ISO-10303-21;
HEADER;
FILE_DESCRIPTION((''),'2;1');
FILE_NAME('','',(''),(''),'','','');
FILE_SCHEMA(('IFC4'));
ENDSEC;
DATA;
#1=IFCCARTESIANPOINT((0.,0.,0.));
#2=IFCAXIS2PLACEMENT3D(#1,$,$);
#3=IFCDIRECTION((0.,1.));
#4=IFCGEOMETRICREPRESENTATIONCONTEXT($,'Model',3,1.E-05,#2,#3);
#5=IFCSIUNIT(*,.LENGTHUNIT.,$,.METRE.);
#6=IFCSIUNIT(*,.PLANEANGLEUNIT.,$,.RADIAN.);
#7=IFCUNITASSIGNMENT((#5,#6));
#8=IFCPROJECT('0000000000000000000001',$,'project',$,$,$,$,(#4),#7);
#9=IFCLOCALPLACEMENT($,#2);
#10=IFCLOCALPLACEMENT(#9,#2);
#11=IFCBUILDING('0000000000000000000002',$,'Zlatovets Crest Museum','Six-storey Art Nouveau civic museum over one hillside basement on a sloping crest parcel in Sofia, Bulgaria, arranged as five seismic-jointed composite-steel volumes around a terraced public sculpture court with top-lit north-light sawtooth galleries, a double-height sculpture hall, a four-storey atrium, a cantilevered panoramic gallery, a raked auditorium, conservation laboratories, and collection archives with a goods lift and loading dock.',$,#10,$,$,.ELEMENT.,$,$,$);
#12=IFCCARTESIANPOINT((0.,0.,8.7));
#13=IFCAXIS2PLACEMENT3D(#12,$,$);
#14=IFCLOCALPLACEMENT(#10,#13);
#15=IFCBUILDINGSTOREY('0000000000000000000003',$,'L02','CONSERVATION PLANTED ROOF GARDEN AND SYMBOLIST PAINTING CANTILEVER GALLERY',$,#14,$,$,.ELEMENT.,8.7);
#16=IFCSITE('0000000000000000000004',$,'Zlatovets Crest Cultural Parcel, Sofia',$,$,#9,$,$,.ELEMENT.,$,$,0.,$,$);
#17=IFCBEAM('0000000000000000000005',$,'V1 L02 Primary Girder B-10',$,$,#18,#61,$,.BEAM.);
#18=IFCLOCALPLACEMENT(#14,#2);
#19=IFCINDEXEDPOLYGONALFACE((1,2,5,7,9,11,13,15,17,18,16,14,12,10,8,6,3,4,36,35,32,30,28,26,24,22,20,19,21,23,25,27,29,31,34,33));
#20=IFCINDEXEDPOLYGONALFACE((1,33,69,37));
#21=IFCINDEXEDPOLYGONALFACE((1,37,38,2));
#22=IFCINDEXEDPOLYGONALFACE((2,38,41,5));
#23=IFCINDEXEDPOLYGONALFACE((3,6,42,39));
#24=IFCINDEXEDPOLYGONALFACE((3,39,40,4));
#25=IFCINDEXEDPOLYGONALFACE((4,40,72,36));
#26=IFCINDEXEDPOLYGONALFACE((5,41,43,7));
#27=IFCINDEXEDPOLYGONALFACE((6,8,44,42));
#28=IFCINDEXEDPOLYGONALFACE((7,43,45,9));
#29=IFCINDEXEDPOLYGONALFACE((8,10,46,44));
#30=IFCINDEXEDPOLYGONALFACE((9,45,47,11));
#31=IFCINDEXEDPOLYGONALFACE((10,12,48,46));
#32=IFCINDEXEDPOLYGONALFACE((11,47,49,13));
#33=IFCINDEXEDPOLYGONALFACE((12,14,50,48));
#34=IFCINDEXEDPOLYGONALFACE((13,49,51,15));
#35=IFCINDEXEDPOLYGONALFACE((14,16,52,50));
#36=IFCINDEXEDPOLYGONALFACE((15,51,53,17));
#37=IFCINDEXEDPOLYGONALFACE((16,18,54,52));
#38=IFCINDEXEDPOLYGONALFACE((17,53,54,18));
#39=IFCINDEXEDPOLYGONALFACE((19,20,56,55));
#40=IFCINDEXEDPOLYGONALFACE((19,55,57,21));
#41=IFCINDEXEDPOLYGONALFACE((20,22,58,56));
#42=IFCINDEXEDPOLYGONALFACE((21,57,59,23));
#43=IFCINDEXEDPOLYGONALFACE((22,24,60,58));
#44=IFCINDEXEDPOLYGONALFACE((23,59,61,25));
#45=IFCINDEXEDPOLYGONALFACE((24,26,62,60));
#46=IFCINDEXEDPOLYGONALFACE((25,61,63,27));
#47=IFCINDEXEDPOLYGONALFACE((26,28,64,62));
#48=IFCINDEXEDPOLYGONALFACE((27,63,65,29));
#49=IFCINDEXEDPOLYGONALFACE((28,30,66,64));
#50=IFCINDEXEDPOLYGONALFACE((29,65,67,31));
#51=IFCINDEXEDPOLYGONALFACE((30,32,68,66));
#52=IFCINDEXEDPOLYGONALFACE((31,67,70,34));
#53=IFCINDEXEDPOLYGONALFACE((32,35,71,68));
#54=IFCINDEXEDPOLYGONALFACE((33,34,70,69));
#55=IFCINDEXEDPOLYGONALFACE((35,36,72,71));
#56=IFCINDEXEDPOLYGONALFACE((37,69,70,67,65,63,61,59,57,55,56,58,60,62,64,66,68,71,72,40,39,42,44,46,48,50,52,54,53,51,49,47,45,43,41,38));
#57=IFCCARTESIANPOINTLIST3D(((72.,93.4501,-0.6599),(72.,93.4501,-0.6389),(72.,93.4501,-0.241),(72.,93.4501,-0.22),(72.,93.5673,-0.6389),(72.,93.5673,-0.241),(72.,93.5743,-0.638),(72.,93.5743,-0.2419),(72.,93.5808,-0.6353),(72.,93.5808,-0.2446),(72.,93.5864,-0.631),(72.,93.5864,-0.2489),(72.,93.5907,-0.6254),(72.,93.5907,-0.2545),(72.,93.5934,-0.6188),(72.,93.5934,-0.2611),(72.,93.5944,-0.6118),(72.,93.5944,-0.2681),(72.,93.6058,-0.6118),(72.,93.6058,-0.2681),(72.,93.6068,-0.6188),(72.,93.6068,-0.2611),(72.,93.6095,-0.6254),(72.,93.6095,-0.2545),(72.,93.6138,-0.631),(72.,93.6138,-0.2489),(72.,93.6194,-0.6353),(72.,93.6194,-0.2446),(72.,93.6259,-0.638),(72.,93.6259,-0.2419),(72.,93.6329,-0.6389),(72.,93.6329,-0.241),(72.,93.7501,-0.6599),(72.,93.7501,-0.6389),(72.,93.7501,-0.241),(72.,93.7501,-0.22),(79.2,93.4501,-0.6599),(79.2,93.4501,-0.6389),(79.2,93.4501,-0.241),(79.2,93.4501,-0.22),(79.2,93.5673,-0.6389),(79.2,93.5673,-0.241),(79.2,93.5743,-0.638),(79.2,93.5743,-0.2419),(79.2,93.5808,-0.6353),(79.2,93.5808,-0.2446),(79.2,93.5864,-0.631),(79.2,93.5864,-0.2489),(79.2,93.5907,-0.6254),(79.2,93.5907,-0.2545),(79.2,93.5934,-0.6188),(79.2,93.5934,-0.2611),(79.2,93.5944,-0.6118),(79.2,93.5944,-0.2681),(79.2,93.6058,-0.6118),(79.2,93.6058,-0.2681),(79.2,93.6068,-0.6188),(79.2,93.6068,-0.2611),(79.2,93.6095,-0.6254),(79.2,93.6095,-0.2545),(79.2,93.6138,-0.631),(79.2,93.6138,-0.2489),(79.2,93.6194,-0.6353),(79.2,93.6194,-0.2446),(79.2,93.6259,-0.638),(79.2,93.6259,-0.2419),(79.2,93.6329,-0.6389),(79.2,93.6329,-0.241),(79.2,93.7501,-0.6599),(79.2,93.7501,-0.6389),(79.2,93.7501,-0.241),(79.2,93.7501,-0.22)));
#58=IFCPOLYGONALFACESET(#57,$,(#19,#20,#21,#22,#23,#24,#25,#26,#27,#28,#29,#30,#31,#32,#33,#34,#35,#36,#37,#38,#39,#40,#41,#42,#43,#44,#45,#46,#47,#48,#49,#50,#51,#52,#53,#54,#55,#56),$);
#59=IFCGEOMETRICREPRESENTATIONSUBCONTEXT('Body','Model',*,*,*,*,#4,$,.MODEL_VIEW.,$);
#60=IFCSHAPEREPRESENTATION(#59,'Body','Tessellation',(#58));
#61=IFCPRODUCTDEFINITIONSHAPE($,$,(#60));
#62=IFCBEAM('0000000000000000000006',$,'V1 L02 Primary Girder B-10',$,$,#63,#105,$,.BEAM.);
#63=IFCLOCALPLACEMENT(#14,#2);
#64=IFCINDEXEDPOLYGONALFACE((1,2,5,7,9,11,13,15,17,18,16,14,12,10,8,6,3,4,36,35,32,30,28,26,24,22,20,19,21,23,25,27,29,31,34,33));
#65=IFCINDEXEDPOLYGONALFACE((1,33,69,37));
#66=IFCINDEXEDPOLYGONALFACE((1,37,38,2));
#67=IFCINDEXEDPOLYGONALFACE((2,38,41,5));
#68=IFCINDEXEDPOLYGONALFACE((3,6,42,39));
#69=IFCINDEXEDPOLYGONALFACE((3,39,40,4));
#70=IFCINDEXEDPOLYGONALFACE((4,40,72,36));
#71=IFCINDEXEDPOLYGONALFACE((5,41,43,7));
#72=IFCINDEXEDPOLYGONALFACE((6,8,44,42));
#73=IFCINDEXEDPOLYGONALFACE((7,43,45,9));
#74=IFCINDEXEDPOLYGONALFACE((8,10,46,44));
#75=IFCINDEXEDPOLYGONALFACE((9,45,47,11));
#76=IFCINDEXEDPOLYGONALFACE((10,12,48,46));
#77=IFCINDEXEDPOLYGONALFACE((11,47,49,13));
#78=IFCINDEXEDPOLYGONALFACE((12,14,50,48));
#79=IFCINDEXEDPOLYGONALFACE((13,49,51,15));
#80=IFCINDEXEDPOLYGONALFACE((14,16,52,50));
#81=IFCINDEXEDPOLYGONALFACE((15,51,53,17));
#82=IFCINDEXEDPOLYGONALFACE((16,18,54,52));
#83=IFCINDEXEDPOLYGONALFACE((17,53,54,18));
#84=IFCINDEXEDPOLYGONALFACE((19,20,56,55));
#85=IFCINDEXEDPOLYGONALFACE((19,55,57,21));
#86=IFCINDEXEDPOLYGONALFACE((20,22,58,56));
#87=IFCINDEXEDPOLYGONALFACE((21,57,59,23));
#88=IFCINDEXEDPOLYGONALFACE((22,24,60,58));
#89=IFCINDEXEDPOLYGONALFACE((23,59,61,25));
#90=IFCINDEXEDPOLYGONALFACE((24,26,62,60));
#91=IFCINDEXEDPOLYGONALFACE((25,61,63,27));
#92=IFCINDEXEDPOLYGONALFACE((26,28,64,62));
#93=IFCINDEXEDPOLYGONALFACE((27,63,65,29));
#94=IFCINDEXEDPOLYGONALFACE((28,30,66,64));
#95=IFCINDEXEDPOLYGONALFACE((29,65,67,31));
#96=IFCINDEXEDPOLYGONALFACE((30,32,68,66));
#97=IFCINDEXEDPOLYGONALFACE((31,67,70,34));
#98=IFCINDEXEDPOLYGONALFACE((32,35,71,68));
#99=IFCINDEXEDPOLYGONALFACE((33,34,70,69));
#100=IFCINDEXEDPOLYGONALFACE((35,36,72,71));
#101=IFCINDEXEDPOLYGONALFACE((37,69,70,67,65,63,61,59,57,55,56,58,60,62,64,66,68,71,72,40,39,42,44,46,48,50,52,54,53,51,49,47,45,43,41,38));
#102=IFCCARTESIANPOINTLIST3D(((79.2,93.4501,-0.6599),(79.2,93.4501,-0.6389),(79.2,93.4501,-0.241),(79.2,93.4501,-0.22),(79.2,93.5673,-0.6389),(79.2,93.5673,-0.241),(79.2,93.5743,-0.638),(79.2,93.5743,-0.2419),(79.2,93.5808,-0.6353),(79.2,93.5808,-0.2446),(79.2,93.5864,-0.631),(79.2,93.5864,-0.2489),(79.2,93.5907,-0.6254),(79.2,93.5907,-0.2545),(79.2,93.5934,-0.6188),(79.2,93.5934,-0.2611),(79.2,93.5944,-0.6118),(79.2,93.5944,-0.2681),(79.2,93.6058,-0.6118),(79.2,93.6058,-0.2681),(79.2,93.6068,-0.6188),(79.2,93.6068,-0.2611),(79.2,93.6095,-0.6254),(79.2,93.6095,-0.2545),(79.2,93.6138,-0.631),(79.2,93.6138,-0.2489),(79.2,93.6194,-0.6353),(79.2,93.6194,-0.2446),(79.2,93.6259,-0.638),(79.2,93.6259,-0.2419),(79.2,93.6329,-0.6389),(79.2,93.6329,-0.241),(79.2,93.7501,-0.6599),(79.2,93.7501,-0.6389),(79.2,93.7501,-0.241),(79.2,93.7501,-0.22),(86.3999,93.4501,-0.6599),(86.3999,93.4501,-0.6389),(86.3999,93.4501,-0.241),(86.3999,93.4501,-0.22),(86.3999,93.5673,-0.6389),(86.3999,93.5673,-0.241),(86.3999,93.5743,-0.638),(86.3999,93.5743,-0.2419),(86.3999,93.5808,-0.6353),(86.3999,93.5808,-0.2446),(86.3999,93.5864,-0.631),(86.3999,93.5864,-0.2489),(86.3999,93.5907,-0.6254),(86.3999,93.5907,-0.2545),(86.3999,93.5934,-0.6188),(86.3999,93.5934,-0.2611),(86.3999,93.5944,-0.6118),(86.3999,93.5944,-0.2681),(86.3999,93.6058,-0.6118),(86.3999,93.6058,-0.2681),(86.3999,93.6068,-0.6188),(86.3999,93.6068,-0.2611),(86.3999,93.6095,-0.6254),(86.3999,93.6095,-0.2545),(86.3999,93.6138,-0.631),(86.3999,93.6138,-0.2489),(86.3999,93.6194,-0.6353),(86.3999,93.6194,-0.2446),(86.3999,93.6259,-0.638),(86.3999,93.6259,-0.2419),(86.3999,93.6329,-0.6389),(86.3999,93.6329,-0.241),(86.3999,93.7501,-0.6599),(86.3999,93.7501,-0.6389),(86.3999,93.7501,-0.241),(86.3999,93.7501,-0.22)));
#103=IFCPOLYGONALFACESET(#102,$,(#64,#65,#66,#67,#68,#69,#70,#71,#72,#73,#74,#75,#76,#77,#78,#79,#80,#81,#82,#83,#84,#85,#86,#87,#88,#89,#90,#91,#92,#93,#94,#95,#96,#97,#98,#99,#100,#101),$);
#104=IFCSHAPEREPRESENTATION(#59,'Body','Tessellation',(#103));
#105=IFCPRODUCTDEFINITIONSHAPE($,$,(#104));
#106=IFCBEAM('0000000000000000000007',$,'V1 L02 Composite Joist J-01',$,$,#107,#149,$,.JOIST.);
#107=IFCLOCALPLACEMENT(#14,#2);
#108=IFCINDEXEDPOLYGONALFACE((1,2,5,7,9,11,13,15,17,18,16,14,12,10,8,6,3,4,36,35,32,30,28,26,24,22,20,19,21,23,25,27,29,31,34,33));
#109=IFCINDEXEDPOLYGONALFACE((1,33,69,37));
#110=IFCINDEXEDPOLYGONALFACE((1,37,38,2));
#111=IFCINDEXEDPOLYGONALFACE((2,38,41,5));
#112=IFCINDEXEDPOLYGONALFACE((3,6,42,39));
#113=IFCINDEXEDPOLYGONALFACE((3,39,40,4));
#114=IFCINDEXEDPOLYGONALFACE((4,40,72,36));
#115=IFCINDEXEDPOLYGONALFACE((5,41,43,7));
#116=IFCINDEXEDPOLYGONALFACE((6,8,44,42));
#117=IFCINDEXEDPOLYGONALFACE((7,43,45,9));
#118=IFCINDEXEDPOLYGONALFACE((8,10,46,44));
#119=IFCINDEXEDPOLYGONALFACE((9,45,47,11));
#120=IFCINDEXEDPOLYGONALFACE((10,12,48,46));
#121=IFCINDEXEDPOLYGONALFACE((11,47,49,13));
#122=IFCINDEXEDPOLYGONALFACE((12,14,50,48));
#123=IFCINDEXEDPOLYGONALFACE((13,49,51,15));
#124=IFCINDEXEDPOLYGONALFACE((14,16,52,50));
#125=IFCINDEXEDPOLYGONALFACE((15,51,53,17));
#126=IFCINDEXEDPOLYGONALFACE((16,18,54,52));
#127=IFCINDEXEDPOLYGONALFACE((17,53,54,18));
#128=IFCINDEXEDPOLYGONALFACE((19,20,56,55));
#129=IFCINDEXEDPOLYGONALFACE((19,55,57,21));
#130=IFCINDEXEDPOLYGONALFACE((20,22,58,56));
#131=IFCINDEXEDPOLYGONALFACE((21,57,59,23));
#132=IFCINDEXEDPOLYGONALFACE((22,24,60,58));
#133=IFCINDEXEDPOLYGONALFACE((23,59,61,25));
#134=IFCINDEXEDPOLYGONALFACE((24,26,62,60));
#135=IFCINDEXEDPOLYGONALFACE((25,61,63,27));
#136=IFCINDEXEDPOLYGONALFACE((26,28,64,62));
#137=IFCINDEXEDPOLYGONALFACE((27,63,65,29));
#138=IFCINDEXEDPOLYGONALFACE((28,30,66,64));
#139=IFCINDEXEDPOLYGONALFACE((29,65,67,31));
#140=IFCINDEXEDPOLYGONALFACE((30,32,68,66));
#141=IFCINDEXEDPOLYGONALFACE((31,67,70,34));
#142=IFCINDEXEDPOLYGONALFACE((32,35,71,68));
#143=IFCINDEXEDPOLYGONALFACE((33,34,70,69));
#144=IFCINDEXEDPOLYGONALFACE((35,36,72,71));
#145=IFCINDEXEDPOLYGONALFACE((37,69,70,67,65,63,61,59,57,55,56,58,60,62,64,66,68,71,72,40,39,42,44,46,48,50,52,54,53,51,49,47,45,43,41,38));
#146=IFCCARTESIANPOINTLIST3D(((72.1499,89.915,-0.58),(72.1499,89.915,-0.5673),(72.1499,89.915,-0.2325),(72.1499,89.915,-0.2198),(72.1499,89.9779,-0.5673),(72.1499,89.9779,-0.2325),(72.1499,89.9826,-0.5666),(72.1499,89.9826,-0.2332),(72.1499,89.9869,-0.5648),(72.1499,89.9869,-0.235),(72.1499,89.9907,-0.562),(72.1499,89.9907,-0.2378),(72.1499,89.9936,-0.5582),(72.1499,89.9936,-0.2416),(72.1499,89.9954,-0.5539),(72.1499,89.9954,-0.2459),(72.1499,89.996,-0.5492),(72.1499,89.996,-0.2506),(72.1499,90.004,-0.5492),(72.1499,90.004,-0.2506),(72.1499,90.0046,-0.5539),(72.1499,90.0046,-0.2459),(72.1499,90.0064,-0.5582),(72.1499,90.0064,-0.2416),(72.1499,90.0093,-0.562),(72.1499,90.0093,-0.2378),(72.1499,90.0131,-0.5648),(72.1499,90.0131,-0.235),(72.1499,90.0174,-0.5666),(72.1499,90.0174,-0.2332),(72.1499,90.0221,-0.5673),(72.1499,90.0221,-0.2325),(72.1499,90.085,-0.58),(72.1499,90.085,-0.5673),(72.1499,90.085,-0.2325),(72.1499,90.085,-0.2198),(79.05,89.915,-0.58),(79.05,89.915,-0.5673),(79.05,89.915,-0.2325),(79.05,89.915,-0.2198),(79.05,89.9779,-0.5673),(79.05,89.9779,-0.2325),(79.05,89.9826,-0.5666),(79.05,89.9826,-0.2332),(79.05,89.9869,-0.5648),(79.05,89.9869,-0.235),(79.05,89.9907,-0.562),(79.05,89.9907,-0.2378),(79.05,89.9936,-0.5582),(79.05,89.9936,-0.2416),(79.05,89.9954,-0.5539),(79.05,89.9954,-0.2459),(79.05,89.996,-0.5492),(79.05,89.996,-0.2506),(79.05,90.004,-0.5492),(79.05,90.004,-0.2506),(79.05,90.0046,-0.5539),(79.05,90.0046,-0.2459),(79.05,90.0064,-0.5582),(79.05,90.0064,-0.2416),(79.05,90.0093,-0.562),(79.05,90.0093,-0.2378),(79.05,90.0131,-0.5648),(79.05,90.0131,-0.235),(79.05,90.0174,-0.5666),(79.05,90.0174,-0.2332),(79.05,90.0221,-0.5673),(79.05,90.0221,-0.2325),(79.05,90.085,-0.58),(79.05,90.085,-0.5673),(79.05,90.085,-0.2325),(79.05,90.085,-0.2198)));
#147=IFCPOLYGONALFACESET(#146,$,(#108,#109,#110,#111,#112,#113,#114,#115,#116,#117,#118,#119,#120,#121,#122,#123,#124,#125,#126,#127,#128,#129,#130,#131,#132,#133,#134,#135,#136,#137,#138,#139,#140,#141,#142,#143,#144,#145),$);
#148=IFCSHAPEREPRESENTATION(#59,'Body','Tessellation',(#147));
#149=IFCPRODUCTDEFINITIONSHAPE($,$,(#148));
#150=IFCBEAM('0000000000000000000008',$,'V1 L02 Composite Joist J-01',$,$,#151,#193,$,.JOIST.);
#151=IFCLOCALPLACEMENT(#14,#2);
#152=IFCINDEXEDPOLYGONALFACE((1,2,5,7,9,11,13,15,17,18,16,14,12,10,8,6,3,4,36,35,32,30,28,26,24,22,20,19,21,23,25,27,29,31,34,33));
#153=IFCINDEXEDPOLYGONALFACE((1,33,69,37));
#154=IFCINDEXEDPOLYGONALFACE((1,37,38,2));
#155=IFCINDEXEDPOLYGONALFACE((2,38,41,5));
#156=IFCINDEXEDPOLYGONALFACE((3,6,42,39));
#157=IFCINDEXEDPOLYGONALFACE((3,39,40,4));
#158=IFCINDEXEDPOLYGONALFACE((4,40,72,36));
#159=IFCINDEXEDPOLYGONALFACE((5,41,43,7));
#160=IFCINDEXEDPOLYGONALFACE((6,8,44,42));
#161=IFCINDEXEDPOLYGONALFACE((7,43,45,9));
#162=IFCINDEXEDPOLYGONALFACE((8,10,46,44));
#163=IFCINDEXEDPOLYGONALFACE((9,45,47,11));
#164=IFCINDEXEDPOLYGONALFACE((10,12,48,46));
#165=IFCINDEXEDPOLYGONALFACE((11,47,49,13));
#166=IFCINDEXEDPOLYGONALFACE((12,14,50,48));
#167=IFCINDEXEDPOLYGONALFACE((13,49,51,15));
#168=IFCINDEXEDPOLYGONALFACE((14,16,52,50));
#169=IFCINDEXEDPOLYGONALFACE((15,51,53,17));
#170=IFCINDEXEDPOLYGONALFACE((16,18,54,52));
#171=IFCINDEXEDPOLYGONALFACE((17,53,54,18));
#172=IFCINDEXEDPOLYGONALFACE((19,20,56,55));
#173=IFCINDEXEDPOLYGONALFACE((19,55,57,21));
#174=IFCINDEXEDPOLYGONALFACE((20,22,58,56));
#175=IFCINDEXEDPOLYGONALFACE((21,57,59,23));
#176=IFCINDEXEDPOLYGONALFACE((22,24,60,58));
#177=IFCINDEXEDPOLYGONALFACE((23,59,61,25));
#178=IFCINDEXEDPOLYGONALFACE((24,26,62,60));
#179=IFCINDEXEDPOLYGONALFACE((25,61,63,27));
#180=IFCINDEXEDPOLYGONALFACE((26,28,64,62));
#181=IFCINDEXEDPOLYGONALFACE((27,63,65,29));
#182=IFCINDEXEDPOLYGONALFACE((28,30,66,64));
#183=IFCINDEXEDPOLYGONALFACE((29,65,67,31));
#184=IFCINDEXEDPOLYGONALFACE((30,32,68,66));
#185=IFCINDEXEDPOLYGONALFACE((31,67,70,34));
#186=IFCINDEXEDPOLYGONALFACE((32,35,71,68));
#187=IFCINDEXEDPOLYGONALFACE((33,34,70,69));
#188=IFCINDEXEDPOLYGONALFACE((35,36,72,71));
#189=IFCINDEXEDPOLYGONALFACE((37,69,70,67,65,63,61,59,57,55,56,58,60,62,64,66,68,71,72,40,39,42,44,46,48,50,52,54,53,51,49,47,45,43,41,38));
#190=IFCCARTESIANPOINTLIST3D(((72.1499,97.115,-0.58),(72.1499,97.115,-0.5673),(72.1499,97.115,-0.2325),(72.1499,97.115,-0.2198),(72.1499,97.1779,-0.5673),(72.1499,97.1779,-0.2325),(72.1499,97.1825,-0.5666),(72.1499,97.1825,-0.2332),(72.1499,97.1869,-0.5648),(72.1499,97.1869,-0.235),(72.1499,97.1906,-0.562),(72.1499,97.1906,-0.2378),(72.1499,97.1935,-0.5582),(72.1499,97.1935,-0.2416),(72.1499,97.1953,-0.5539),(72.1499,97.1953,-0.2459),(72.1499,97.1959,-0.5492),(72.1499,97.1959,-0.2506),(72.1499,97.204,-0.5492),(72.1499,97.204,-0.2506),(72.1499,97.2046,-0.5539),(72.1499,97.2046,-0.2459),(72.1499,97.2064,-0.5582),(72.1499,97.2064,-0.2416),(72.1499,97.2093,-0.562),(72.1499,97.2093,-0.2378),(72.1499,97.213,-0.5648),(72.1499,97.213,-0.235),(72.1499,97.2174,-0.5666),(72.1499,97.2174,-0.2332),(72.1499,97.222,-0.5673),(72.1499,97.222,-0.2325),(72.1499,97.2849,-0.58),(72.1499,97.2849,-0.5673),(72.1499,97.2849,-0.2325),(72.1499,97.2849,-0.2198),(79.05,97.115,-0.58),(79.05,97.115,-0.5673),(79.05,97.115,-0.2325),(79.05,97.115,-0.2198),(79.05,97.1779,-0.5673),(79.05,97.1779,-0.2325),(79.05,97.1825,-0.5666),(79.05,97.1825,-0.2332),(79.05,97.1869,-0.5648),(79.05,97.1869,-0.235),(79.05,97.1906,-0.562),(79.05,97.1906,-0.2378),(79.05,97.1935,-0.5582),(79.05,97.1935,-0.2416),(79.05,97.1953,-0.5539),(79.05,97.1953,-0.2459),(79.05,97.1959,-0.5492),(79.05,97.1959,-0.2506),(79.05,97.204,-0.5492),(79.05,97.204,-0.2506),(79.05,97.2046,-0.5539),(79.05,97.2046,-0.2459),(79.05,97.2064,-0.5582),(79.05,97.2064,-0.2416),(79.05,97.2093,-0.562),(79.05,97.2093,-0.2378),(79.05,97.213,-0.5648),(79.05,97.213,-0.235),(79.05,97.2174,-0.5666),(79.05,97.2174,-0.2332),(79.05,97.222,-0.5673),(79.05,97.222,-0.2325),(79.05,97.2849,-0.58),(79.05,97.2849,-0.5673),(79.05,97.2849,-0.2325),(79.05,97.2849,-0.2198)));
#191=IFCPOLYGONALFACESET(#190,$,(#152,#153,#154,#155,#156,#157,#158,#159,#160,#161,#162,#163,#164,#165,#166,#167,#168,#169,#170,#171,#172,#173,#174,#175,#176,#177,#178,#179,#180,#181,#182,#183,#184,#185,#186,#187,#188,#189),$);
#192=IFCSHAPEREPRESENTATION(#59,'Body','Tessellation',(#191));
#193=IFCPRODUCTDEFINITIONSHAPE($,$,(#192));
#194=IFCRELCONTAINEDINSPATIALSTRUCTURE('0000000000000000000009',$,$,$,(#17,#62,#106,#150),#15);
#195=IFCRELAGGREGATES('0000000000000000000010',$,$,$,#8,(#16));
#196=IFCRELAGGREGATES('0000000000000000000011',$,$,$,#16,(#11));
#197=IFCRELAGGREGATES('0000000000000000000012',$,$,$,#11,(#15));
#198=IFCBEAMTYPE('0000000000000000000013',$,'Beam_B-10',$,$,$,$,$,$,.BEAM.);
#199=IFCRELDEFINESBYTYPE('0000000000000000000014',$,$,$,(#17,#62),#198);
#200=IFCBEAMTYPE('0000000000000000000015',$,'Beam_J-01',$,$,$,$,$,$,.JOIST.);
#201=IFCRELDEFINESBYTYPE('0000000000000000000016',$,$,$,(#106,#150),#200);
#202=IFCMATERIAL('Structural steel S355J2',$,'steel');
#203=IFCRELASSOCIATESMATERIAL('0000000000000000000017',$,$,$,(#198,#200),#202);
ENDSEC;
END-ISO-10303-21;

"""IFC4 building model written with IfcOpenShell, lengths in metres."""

from ifc_helpers import new_model, si_unit, direction, frame, origin, origin_2d, place, context, subcontext, project, spatial, i_section, extrude, material, material_profile, profile_set, type_object, element, save


model = new_model("IFC4")

# Units and contexts
model_context = context("Model", 3, precision=1e-05, world=origin(), true_north=direction((0.0, 1.0)))
body_context = subcontext(model_context, "Body", "Model", "MODEL_VIEW")
ifc_project = project(units=[si_unit("LENGTHUNIT", "METRE"), si_unit("PLANEANGLEUNIT", "RADIAN")], contexts=[model_context])

# Site, building, storey
site_placement = place(None, origin())
site = spatial("IfcSite", under=ifc_project, at=site_placement, Name="Zlatovets Crest Cultural Parcel, Sofia", CompositionType="ELEMENT", RefElevation=0.0)
building_placement = place(site_placement, origin())
building = spatial("IfcBuilding", under=site, at=building_placement, Name="Zlatovets Crest Museum", Description="Six-storey Art Nouveau civic museum over one hillside basement on a sloping crest parcel in Sofia, Bulgaria, arranged as five seismic-jointed composite-steel volumes around a terraced public sculpture court with top-lit north-light sawtooth galleries, a double-height sculpture hall, a four-storey atrium, a cantilevered panoramic gallery, a raked auditorium, conservation laboratories, and collection archives with a goods lift and loading dock.", CompositionType="ELEMENT")
storey_placement = place(building_placement, frame((0.0, 0.0, 8.7)))
storey = spatial("IfcBuildingStorey", under=building, at=storey_placement, Name="L02", Description="CONSERVATION PLANTED ROOF GARDEN AND SYMBOLIST PAINTING CANTILEVER GALLERY", CompositionType="ELEMENT", Elevation=8.7)

# Shared definitions
ifc_material = material(Name="Structural steel S355J2", Category="steel")

# Beams
ifc_material_profile_1 = material_profile(ifc_material, i_section(OverallWidth=0.3, OverallDepth=0.4399, WebThickness=0.0115, FlangeThickness=0.021, FilletRadius=0.0271, at=origin_2d()), Name="HEA 450")
ifc_profile_set_1 = profile_set([ifc_material_profile_1], Name="Structural steel S355J2")
beam_type_1 = type_object("IfcBeamType", Name="Beam_B-10", PredefinedType="BEAM", material=ifc_profile_set_1)
for number, where, z_axis, x_axis, name in (
    (1, (72.0, 93.6001, -0.4399), (1.0, 0.0, 0.0), (0.0, 1.0, 0.0), "V1 L02 Primary Girder B-10"),
    (2, (79.2, 93.6001, -0.4399), (1.0, 0.0, 0.0), (0.0, 1.0, 0.0), "V1 L02 Primary Girder B-10"),
):
    element("IfcBeam", number, at=place(storey_placement, frame(where, z_axis=z_axis, x_axis=x_axis)), inside=storey, type_object=beam_type_1, Name=name, PredefinedType="BEAM", context=body_context, shape_type="SweptSolid", body=[
        extrude(i_section(OverallWidth=0.3, OverallDepth=0.4399, WebThickness=0.0115, FlangeThickness=0.021, FilletRadius=0.0271, at=origin_2d()), origin(), (0.0, 0.0, 1.0), 7.2),
    ])
ifc_material_profile_2 = material_profile(ifc_material, i_section(OverallWidth=0.1699, OverallDepth=0.3601, WebThickness=0.0081, FlangeThickness=0.0127, FilletRadius=0.0181, at=origin_2d()), Name="IPE 360")
ifc_profile_set_2 = profile_set([ifc_material_profile_2], Name="Structural steel S355J2")
beam_type_2 = type_object("IfcBeamType", Name="Beam_J-01", PredefinedType="JOIST", material=ifc_profile_set_2)
for number, where, z_axis, x_axis, name in (
    (3, (72.1499, 90.0, -0.3999), (1.0, 0.0, 0.0), (0.0, 1.0, 0.0), "V1 L02 Composite Joist J-01"),
    (4, (72.1499, 97.2, -0.3999), (1.0, 0.0, 0.0), (0.0, 1.0, 0.0), "V1 L02 Composite Joist J-01"),
):
    element("IfcBeam", number, at=place(storey_placement, frame(where, z_axis=z_axis, x_axis=x_axis)), inside=storey, type_object=beam_type_2, Name=name, PredefinedType="JOIST", context=body_context, shape_type="SweptSolid", body=[
        extrude(i_section(OverallWidth=0.1699, OverallDepth=0.3601, WebThickness=0.0081, FlangeThickness=0.0127, FilletRadius=0.0181, at=origin_2d()), origin(), (0.0, 0.0, 1.0), 6.9001),
    ])

save(model, "model.ifc")
